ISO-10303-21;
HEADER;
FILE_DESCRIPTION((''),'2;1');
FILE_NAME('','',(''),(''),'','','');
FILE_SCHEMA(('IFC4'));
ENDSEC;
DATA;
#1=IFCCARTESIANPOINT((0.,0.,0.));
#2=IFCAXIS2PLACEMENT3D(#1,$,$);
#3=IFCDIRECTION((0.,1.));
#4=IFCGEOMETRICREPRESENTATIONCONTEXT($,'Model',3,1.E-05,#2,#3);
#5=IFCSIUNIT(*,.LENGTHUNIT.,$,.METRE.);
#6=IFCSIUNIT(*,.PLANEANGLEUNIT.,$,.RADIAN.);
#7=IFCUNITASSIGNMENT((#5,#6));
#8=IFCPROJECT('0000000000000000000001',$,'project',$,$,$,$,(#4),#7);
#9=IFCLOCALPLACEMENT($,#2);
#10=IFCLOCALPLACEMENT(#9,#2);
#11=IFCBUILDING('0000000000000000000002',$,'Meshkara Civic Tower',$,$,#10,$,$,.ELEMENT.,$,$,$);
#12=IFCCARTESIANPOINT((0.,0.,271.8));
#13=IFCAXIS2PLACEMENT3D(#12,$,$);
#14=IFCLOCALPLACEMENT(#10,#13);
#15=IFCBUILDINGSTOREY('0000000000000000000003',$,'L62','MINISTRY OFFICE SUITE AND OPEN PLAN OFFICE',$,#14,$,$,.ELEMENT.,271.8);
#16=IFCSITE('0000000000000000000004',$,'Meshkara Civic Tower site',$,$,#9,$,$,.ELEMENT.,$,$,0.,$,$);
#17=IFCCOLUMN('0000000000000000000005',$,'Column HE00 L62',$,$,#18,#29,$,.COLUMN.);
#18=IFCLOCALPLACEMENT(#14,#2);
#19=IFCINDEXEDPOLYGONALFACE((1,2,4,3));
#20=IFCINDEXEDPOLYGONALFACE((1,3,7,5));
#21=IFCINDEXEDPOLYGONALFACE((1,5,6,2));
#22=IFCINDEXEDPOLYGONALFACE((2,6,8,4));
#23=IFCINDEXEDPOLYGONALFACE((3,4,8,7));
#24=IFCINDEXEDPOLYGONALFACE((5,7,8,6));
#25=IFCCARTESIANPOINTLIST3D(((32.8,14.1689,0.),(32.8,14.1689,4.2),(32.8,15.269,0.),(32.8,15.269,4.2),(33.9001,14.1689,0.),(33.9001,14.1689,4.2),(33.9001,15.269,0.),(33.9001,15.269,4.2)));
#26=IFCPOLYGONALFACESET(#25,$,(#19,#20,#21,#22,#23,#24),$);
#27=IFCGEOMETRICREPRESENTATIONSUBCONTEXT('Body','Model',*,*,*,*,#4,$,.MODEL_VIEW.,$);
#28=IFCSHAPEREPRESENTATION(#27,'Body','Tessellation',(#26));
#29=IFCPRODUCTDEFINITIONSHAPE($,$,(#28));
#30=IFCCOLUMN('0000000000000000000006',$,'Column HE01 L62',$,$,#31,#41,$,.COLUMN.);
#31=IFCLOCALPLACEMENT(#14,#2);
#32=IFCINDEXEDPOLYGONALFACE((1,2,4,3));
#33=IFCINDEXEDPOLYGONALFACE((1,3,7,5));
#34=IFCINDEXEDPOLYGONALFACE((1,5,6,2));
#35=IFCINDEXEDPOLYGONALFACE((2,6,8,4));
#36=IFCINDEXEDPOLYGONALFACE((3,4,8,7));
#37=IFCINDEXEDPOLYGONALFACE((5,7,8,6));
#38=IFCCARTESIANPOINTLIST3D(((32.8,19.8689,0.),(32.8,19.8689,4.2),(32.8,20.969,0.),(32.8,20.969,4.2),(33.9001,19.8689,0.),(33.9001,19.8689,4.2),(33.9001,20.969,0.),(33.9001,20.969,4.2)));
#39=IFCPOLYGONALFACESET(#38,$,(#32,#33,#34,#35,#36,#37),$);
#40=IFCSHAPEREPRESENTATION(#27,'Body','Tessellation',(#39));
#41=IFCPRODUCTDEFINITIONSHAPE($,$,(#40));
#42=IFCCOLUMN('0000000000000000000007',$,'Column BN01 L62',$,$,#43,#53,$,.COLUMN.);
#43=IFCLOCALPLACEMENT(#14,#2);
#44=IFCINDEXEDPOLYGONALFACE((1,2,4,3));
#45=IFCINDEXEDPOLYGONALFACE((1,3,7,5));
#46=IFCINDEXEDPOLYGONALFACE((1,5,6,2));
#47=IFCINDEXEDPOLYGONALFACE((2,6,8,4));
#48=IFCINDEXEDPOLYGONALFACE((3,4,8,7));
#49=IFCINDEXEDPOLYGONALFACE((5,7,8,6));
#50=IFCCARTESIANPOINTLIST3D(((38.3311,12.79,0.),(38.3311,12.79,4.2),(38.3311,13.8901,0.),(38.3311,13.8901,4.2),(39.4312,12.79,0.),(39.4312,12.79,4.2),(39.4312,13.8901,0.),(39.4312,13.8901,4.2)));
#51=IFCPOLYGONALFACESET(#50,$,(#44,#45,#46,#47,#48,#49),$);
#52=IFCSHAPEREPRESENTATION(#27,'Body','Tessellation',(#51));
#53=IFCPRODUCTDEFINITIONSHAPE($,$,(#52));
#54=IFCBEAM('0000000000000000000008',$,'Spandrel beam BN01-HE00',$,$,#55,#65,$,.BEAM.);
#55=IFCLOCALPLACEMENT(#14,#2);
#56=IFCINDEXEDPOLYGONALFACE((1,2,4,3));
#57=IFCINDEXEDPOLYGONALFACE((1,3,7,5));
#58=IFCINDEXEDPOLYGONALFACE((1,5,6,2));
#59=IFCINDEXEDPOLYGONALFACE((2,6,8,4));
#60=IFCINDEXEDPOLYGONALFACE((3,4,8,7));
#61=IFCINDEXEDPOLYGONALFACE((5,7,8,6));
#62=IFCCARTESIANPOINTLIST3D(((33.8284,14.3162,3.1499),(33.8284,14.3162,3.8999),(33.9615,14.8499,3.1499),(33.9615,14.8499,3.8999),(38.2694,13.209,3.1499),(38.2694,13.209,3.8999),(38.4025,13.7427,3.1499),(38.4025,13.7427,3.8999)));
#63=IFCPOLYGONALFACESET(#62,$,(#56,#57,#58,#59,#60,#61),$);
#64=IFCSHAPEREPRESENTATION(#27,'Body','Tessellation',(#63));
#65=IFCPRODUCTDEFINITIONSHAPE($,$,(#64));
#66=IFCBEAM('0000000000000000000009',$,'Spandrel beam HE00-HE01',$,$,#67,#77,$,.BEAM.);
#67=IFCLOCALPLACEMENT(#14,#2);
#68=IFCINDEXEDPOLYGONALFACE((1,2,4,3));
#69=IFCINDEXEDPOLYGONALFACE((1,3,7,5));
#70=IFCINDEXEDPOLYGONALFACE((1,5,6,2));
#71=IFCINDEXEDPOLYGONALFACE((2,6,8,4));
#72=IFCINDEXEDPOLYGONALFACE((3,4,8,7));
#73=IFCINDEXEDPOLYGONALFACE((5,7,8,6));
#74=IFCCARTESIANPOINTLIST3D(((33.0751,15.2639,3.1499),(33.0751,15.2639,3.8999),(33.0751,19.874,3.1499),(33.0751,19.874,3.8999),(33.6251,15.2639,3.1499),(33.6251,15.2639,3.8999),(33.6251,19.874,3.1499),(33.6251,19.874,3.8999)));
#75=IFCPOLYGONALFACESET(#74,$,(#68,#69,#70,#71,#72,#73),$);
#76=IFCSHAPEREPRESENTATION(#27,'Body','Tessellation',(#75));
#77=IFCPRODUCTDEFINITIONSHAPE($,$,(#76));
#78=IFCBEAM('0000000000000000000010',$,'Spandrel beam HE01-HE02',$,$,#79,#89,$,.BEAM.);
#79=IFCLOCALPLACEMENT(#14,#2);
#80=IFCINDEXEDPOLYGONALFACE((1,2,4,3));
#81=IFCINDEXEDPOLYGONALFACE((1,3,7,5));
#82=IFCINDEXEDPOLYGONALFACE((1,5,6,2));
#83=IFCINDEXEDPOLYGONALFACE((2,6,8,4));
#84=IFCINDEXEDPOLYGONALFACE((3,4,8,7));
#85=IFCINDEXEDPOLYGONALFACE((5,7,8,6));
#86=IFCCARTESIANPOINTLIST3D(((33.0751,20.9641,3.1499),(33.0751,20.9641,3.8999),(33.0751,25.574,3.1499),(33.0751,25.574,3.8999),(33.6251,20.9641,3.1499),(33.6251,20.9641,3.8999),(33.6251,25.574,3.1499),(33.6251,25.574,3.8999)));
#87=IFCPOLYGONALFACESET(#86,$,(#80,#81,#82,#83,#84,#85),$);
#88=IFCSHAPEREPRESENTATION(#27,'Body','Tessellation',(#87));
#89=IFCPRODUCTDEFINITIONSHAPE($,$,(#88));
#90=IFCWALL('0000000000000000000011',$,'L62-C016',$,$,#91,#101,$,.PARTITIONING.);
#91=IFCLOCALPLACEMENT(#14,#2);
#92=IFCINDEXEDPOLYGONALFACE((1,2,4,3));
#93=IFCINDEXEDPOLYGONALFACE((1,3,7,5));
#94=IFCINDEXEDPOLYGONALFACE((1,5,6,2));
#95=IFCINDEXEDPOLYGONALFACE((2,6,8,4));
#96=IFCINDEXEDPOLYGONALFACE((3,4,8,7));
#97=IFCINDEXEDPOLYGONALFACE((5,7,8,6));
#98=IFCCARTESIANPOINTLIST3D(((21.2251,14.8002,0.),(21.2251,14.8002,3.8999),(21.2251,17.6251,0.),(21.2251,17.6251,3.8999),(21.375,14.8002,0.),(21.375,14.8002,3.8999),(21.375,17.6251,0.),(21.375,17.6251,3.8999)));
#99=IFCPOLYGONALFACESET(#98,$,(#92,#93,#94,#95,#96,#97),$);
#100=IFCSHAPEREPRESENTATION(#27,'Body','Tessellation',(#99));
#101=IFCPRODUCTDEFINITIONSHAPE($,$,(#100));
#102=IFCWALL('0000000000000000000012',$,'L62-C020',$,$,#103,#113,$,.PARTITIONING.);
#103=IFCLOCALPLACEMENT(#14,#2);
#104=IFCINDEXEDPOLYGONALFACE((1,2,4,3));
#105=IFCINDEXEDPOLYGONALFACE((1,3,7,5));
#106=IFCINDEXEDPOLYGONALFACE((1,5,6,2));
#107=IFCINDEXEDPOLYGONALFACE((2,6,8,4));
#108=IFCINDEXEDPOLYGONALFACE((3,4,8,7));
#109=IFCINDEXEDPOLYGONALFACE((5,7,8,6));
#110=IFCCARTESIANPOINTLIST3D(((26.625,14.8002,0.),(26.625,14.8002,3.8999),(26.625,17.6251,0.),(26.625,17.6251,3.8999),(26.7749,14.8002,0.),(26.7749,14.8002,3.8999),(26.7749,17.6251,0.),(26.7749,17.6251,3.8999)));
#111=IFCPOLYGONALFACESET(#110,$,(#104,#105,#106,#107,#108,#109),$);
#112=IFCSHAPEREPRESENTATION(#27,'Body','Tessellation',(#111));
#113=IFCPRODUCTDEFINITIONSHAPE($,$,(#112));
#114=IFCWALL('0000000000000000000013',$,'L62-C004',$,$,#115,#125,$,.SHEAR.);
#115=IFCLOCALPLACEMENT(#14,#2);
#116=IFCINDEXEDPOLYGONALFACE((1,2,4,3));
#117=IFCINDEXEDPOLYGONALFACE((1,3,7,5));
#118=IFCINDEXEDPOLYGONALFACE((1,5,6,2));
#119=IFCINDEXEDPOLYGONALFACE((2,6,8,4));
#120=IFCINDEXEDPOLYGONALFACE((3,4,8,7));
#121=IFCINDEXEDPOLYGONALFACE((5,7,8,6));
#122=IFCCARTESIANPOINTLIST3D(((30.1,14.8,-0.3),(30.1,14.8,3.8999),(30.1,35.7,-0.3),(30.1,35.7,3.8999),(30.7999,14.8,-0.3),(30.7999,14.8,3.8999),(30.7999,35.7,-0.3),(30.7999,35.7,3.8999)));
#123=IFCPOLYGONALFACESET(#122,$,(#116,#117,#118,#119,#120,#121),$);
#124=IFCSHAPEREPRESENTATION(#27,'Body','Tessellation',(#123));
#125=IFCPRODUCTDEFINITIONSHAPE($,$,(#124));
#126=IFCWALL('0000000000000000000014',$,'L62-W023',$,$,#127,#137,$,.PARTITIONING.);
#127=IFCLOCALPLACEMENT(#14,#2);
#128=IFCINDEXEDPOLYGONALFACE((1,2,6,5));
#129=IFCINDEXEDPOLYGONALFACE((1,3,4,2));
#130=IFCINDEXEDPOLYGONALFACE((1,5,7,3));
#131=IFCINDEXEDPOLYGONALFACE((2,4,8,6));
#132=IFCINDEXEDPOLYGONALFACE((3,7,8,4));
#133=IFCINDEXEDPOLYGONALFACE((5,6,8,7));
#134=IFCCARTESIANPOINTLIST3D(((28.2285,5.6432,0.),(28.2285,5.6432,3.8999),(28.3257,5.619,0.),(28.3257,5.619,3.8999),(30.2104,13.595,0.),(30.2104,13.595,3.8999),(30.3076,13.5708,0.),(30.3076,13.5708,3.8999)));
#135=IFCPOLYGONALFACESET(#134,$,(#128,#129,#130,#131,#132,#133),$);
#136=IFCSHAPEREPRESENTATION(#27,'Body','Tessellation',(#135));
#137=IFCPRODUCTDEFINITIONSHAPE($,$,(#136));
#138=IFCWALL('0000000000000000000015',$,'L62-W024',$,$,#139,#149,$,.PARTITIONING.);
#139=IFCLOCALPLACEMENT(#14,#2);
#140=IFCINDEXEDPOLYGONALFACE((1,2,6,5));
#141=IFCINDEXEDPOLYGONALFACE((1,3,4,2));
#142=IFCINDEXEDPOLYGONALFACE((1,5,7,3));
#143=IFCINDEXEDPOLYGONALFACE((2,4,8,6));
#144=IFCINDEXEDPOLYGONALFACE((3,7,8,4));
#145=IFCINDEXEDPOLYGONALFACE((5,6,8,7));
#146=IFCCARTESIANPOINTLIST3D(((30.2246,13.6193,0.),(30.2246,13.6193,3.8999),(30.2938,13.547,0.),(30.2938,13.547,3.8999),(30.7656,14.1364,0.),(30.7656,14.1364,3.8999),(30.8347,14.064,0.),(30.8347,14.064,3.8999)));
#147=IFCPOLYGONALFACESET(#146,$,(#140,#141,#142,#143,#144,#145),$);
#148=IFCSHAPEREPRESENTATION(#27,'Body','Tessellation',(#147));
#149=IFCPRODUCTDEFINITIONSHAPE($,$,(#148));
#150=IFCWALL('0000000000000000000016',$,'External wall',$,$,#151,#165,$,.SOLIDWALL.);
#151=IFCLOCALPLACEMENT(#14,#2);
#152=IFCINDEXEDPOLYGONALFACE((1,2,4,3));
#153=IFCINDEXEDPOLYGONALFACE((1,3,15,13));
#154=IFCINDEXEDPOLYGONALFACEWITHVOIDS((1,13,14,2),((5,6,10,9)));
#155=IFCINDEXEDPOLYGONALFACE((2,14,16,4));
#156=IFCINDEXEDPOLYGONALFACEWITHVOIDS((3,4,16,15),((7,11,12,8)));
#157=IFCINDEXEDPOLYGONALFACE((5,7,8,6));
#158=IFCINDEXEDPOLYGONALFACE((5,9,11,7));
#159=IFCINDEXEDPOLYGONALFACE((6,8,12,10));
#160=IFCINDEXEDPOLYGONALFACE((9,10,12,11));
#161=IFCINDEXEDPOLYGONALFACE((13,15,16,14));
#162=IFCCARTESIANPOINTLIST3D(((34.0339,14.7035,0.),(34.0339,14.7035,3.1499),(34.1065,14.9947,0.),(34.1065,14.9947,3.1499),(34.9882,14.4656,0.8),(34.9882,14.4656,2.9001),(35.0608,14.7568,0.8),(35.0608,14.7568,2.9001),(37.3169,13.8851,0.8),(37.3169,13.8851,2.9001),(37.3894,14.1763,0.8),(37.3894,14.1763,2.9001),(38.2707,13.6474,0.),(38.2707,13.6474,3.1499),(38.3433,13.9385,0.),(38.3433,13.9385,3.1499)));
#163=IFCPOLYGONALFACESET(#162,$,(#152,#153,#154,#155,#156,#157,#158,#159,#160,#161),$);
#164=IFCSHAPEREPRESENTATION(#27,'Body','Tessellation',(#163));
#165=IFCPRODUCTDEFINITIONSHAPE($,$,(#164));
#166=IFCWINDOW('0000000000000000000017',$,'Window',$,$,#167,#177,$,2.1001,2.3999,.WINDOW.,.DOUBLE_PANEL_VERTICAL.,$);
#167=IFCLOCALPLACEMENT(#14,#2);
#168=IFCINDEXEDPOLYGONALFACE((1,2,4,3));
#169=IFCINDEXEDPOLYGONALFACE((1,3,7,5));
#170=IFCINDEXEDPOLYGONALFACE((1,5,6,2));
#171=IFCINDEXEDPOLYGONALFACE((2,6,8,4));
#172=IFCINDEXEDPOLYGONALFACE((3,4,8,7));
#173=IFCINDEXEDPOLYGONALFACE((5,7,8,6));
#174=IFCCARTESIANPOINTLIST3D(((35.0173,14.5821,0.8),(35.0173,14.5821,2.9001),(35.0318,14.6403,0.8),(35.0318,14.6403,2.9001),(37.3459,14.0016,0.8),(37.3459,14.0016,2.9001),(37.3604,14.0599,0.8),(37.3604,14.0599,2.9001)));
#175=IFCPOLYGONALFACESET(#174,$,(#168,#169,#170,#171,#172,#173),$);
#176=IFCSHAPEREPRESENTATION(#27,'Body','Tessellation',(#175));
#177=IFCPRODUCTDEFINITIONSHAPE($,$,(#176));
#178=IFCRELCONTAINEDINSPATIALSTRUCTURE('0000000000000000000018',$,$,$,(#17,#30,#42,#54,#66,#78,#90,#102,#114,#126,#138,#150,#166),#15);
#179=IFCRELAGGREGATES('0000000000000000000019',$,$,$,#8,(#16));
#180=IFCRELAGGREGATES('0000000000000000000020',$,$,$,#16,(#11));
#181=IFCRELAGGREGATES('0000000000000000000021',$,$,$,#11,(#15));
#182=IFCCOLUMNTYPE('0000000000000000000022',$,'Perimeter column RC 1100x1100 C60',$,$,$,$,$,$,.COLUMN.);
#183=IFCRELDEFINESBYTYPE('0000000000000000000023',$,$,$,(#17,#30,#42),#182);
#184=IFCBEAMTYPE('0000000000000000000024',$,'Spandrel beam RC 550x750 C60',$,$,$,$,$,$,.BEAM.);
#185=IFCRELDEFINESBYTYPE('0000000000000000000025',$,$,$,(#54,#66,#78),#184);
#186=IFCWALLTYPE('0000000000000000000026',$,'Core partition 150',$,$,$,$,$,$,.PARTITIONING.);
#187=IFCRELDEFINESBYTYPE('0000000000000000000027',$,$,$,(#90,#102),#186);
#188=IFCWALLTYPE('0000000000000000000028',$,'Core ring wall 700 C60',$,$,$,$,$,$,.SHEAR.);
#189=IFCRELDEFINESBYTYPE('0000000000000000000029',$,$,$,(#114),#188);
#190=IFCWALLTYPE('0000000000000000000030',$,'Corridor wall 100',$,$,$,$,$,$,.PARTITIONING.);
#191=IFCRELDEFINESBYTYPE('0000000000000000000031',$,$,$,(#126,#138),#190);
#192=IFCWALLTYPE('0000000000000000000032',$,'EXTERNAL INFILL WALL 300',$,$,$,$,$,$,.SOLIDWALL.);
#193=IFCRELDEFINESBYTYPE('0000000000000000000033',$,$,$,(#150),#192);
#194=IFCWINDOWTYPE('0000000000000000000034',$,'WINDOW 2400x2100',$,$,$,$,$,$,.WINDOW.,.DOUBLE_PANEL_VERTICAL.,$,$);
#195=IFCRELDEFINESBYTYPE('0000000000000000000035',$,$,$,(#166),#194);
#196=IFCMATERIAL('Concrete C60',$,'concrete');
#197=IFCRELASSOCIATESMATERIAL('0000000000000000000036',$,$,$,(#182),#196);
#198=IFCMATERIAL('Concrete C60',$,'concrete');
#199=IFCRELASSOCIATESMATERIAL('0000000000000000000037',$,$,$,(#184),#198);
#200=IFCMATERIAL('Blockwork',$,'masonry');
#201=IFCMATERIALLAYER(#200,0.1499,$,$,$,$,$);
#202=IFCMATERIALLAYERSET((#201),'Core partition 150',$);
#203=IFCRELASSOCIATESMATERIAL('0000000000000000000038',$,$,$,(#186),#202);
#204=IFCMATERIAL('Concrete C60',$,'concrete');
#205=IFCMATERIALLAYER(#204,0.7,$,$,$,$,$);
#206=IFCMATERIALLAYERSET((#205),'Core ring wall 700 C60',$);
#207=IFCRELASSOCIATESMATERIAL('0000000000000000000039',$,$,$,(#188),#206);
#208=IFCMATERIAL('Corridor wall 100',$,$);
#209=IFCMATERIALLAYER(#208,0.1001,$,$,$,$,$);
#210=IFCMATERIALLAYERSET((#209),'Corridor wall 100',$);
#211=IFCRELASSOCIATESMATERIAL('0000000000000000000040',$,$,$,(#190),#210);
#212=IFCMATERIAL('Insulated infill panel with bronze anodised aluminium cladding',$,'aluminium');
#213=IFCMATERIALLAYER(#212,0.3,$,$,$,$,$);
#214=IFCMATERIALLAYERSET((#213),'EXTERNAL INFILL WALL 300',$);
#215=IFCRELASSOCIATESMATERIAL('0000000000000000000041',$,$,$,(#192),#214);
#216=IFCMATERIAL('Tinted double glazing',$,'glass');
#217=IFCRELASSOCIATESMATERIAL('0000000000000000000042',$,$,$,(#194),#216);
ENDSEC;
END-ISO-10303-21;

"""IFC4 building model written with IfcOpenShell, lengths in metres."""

from ifc_helpers import new_model, si_unit, direction, frame, frame_2d, origin, origin_2d, place, context, subcontext, project, spatial, rectangle, extrude, material, layer, layer_set, material_profile, profile_set, type_object, element, fill, save


model = new_model("IFC4")

# Units and contexts
model_context = context("Model", 3, precision=1e-05, world=origin(), true_north=direction((0.0, 1.0)))
body_context = subcontext(model_context, "Body", "Model", "MODEL_VIEW")
ifc_project = project(units=[si_unit("LENGTHUNIT", "METRE"), si_unit("PLANEANGLEUNIT", "RADIAN")], contexts=[model_context])

# Site, building, storey
site_placement = place(None, origin())
site = spatial("IfcSite", under=ifc_project, at=site_placement, Name="Meshkara Civic Tower site", CompositionType="ELEMENT", RefElevation=0.0)
building_placement = place(site_placement, origin())
building = spatial("IfcBuilding", under=site, at=building_placement, Name="Meshkara Civic Tower", CompositionType="ELEMENT")
storey_placement = place(building_placement, frame((0.0, 0.0, 271.8)))
storey = spatial("IfcBuildingStorey", under=building, at=storey_placement, Name="L62", Description="MINISTRY OFFICE SUITE AND OPEN PLAN OFFICE", CompositionType="ELEMENT", Elevation=271.8)

# Columns
ifc_material_1 = material(Name="Concrete C60", Category="concrete")
ifc_material_profile_1 = material_profile(ifc_material_1, rectangle(XDim=1.1001, YDim=1.1001, at=origin_2d()))
ifc_profile_set_1 = profile_set([ifc_material_profile_1], Name="Concrete C60")
column_type = type_object("IfcColumnType", Name="Perimeter column RC 1100x1100 C60", PredefinedType="COLUMN", material=ifc_profile_set_1)
for number, where, z_axis, x_axis, name in (
    (1, (33.3501, 14.719, 0.0), (0.0, 0.0, 1.0), (1.0, 0.0, 0.0), "Column HE00 L62"),
    (2, (33.3501, 20.4189, 0.0), (0.0, 0.0, 1.0), (1.0, 0.0, 0.0), "Column HE01 L62"),
    (3, (38.8811, 13.3401, 0.0), (0.0, 0.0, 1.0), (1.0, 0.0, 0.0), "Column BN01 L62"),
):
    element("IfcColumn", number, at=place(storey_placement, frame(where, z_axis=z_axis, x_axis=x_axis)), inside=storey, type_object=column_type, Name=name, PredefinedType="COLUMN", context=body_context, shape_type="SweptSolid", body=[
        extrude(rectangle(XDim=1.1001, YDim=1.1001, at=origin_2d()), origin(), (0.0, 0.0, 1.0), 4.2),
    ])

# Beams
ifc_material_2 = material(Name="Concrete C60", Category="concrete")
ifc_material_profile_2 = material_profile(ifc_material_2, rectangle(XDim=0.55, YDim=0.75, at=origin_2d()))
ifc_profile_set_2 = profile_set([ifc_material_profile_2], Name="Concrete C60")
beam_type = type_object("IfcBeamType", Name="Spandrel beam RC 550x750 C60", PredefinedType="BEAM", material=ifc_profile_set_2)
beam_1_placement = place(storey_placement, frame((38.3359, 13.4758, 3.5249), z_axis=(-0.970299, 0.241908, 0.0), x_axis=(-0.241908, -0.970299, 0.0)))
element("IfcBeam", 4, at=beam_1_placement, inside=storey, type_object=beam_type, Name="Spandrel beam BN01-HE00", PredefinedType="BEAM", context=body_context, shape_type="SweptSolid", body=[
    extrude(rectangle(XDim=0.55, YDim=0.75, at=origin_2d()), origin(), (0.0, 0.0, 1.0), 4.5769),
])
beam_2_placement = place(storey_placement, frame((33.3501, 15.2639, 3.5249), z_axis=(0.0, 1.0, 0.0), x_axis=(-1.0, 0.0, 0.0)))
element("IfcBeam", 5, at=beam_2_placement, inside=storey, type_object=beam_type, Name="Spandrel beam HE00-HE01", PredefinedType="BEAM", context=body_context, shape_type="SweptSolid", body=[
    extrude(rectangle(XDim=0.55, YDim=0.75, at=origin_2d()), origin(), (0.0, 0.0, 1.0), 4.6101),
])
beam_3_placement = place(storey_placement, frame((33.3501, 20.9641, 3.5249), z_axis=(0.0, 1.0, 0.0), x_axis=(-1.0, 0.0, 0.0)))
element("IfcBeam", 6, at=beam_3_placement, inside=storey, type_object=beam_type, Name="Spandrel beam HE01-HE02", PredefinedType="BEAM", context=body_context, shape_type="SweptSolid", body=[
    extrude(rectangle(XDim=0.55, YDim=0.75, at=origin_2d()), origin(), (0.0, 0.0, 1.0), 4.6099),
])

# Walls
ifc_material_3 = material(Name="Blockwork", Category="masonry")
ifc_layer_1 = layer(ifc_material_3, 0.1499)
ifc_layer_set_1 = layer_set([ifc_layer_1], Name="Core partition 150")
wall_type_1 = type_object("IfcWallType", Name="Core partition 150", PredefinedType="PARTITIONING", material=ifc_layer_set_1)
for number, where, z_axis, x_axis, name in (
    (7, (21.3, 14.8, 0.0), (0.0, 0.0, 1.0), (0.0, 1.0, 0.0), "L62-C016"),
    (8, (26.7, 14.8, 0.0), (0.0, 0.0, 1.0), (0.0, 1.0, 0.0), "L62-C020"),
):
    element("IfcWall", number, at=place(storey_placement, frame(where, z_axis=z_axis, x_axis=x_axis)), inside=storey, type_object=wall_type_1, Name=name, PredefinedType="PARTITIONING", context=body_context, shape_type="SweptSolid", body=[
        extrude(rectangle(XDim=2.825, YDim=0.1499, at=frame_2d((1.4126, 0.0))), origin(), (0.0, 0.0, 1.0), 3.8999),
    ])
ifc_material_4 = material(Name="Concrete C60", Category="concrete")
ifc_layer_2 = layer(ifc_material_4, 0.7)
ifc_layer_set_2 = layer_set([ifc_layer_2], Name="Core ring wall 700 C60")
wall_type_2 = type_object("IfcWallType", Name="Core ring wall 700 C60", PredefinedType="SHEAR", material=ifc_layer_set_2)
wall_1_placement = place(storey_placement, frame((30.45, 14.8, -0.3), z_axis=(0.0, 0.0, 1.0), x_axis=(0.0, 1.0, 0.0)))
element("IfcWall", 9, at=wall_1_placement, inside=storey, type_object=wall_type_2, Name="L62-C004", PredefinedType="SHEAR", context=body_context, shape_type="SweptSolid", body=[
    extrude(rectangle(XDim=20.8999, YDim=0.7, at=frame_2d((10.45, 0.0))), origin(), (0.0, 0.0, 1.0), 4.2),
])
ifc_material_5 = material(Name="Corridor wall 100")
ifc_layer_3 = layer(ifc_material_5, 0.1001)
ifc_layer_set_3 = layer_set([ifc_layer_3], Name="Corridor wall 100")
wall_type_3 = type_object("IfcWallType", Name="Corridor wall 100", PredefinedType="PARTITIONING", material=ifc_layer_set_3)
wall_2_placement = place(storey_placement, frame((30.259, 13.583, 0.0), z_axis=(0.0, 0.0, 1.0), x_axis=(-0.241842, -0.970316, 0.0)))
element("IfcWall", 10, at=wall_2_placement, inside=storey, type_object=wall_type_3, Name="L62-W023", PredefinedType="PARTITIONING", context=body_context, shape_type="SweptSolid", body=[
    extrude(rectangle(XDim=8.1951, YDim=0.1001, at=frame_2d((4.0977, 0.0))), origin(), (0.0, 0.0, 1.0), 3.8999),
])
wall_3_placement = place(storey_placement, frame((30.8, 14.1001, 0.0), z_axis=(0.0, 0.0, 1.0), x_axis=(-0.722911, -0.690941, 0.0)))
element("IfcWall", 11, at=wall_3_placement, inside=storey, type_object=wall_type_3, Name="L62-W024", PredefinedType="PARTITIONING", context=body_context, shape_type="SweptSolid", body=[
    extrude(rectangle(XDim=0.7483, YDim=0.1001, at=frame_2d((0.374, 0.0))), origin(), (0.0, 0.0, 1.0), 3.8999),
])

# Wall, opening, window
ifc_material_6 = material(Name="Insulated infill panel with bronze anodised aluminium cladding", Category="aluminium")
ifc_layer_4 = layer(ifc_material_6, 0.3)
ifc_layer_set_4 = layer_set([ifc_layer_4], Name="EXTERNAL INFILL WALL 300")
wall_type_4 = type_object("IfcWallType", Name="EXTERNAL INFILL WALL 300", PredefinedType="SOLIDWALL", material=ifc_layer_set_4)
wall_4_placement = place(storey_placement, frame((38.3069, 13.793, 0.0), z_axis=(0.0, 0.0, 1.0), x_axis=(-0.970307, 0.241878, 0.0)))
wall_4 = element("IfcWall", 12, at=wall_4_placement, inside=storey, type_object=wall_type_4, Name="External wall", PredefinedType="SOLIDWALL", context=body_context, shape_type="SweptSolid", body=[
    extrude(rectangle(XDim=4.3665, YDim=0.3, at=frame_2d((2.1831, 0.0))), origin(), (0.0, 0.0, 1.0), 3.1499),
])
opening_1_placement = place(wall_4_placement, frame((0.9829, 0.0, 0.8)))
opening_1 = element("IfcOpeningElement", 13, at=opening_1_placement, cuts=wall_4, PredefinedType="OPENING", context=body_context, shape_type="SweptSolid", body=[
    extrude(rectangle(XDim=2.3999, YDim=2.1001, at=frame_2d((1.2, 1.05))), frame((0.0, 0.1599, 0.0), z_axis=(0.0, -1.0, 0.0), x_axis=(1.0, 0.0, 0.0)), (0.0, 0.0, 1.0), 0.3201),
])
ifc_material_7 = material(Name="Tinted double glazing", Category="glass")
window_type = type_object("IfcWindowType", Name="WINDOW 2400x2100", PartitioningType="DOUBLE_PANEL_VERTICAL", PredefinedType="WINDOW", material=ifc_material_7)
window_1_placement = place(opening_1_placement, origin())
window_1 = element("IfcWindow", 14, at=window_1_placement, inside=storey, type_object=window_type, Name="Window", OverallHeight=2.1001, OverallWidth=2.3999, PartitioningType="DOUBLE_PANEL_VERTICAL", PredefinedType="WINDOW", context=body_context, shape_type="SweptSolid", body=[
    extrude(rectangle(XDim=2.3999, YDim=2.1001, at=frame_2d((1.2, 1.05))), frame((0.0, 0.03, 0.0), z_axis=(0.0, -1.0, 0.0), x_axis=(1.0, 0.0, 0.0)), (0.0, 0.0, 1.0), 0.0601),
])
fill(opening_1, window_1)

save(model, "model.ifc")
